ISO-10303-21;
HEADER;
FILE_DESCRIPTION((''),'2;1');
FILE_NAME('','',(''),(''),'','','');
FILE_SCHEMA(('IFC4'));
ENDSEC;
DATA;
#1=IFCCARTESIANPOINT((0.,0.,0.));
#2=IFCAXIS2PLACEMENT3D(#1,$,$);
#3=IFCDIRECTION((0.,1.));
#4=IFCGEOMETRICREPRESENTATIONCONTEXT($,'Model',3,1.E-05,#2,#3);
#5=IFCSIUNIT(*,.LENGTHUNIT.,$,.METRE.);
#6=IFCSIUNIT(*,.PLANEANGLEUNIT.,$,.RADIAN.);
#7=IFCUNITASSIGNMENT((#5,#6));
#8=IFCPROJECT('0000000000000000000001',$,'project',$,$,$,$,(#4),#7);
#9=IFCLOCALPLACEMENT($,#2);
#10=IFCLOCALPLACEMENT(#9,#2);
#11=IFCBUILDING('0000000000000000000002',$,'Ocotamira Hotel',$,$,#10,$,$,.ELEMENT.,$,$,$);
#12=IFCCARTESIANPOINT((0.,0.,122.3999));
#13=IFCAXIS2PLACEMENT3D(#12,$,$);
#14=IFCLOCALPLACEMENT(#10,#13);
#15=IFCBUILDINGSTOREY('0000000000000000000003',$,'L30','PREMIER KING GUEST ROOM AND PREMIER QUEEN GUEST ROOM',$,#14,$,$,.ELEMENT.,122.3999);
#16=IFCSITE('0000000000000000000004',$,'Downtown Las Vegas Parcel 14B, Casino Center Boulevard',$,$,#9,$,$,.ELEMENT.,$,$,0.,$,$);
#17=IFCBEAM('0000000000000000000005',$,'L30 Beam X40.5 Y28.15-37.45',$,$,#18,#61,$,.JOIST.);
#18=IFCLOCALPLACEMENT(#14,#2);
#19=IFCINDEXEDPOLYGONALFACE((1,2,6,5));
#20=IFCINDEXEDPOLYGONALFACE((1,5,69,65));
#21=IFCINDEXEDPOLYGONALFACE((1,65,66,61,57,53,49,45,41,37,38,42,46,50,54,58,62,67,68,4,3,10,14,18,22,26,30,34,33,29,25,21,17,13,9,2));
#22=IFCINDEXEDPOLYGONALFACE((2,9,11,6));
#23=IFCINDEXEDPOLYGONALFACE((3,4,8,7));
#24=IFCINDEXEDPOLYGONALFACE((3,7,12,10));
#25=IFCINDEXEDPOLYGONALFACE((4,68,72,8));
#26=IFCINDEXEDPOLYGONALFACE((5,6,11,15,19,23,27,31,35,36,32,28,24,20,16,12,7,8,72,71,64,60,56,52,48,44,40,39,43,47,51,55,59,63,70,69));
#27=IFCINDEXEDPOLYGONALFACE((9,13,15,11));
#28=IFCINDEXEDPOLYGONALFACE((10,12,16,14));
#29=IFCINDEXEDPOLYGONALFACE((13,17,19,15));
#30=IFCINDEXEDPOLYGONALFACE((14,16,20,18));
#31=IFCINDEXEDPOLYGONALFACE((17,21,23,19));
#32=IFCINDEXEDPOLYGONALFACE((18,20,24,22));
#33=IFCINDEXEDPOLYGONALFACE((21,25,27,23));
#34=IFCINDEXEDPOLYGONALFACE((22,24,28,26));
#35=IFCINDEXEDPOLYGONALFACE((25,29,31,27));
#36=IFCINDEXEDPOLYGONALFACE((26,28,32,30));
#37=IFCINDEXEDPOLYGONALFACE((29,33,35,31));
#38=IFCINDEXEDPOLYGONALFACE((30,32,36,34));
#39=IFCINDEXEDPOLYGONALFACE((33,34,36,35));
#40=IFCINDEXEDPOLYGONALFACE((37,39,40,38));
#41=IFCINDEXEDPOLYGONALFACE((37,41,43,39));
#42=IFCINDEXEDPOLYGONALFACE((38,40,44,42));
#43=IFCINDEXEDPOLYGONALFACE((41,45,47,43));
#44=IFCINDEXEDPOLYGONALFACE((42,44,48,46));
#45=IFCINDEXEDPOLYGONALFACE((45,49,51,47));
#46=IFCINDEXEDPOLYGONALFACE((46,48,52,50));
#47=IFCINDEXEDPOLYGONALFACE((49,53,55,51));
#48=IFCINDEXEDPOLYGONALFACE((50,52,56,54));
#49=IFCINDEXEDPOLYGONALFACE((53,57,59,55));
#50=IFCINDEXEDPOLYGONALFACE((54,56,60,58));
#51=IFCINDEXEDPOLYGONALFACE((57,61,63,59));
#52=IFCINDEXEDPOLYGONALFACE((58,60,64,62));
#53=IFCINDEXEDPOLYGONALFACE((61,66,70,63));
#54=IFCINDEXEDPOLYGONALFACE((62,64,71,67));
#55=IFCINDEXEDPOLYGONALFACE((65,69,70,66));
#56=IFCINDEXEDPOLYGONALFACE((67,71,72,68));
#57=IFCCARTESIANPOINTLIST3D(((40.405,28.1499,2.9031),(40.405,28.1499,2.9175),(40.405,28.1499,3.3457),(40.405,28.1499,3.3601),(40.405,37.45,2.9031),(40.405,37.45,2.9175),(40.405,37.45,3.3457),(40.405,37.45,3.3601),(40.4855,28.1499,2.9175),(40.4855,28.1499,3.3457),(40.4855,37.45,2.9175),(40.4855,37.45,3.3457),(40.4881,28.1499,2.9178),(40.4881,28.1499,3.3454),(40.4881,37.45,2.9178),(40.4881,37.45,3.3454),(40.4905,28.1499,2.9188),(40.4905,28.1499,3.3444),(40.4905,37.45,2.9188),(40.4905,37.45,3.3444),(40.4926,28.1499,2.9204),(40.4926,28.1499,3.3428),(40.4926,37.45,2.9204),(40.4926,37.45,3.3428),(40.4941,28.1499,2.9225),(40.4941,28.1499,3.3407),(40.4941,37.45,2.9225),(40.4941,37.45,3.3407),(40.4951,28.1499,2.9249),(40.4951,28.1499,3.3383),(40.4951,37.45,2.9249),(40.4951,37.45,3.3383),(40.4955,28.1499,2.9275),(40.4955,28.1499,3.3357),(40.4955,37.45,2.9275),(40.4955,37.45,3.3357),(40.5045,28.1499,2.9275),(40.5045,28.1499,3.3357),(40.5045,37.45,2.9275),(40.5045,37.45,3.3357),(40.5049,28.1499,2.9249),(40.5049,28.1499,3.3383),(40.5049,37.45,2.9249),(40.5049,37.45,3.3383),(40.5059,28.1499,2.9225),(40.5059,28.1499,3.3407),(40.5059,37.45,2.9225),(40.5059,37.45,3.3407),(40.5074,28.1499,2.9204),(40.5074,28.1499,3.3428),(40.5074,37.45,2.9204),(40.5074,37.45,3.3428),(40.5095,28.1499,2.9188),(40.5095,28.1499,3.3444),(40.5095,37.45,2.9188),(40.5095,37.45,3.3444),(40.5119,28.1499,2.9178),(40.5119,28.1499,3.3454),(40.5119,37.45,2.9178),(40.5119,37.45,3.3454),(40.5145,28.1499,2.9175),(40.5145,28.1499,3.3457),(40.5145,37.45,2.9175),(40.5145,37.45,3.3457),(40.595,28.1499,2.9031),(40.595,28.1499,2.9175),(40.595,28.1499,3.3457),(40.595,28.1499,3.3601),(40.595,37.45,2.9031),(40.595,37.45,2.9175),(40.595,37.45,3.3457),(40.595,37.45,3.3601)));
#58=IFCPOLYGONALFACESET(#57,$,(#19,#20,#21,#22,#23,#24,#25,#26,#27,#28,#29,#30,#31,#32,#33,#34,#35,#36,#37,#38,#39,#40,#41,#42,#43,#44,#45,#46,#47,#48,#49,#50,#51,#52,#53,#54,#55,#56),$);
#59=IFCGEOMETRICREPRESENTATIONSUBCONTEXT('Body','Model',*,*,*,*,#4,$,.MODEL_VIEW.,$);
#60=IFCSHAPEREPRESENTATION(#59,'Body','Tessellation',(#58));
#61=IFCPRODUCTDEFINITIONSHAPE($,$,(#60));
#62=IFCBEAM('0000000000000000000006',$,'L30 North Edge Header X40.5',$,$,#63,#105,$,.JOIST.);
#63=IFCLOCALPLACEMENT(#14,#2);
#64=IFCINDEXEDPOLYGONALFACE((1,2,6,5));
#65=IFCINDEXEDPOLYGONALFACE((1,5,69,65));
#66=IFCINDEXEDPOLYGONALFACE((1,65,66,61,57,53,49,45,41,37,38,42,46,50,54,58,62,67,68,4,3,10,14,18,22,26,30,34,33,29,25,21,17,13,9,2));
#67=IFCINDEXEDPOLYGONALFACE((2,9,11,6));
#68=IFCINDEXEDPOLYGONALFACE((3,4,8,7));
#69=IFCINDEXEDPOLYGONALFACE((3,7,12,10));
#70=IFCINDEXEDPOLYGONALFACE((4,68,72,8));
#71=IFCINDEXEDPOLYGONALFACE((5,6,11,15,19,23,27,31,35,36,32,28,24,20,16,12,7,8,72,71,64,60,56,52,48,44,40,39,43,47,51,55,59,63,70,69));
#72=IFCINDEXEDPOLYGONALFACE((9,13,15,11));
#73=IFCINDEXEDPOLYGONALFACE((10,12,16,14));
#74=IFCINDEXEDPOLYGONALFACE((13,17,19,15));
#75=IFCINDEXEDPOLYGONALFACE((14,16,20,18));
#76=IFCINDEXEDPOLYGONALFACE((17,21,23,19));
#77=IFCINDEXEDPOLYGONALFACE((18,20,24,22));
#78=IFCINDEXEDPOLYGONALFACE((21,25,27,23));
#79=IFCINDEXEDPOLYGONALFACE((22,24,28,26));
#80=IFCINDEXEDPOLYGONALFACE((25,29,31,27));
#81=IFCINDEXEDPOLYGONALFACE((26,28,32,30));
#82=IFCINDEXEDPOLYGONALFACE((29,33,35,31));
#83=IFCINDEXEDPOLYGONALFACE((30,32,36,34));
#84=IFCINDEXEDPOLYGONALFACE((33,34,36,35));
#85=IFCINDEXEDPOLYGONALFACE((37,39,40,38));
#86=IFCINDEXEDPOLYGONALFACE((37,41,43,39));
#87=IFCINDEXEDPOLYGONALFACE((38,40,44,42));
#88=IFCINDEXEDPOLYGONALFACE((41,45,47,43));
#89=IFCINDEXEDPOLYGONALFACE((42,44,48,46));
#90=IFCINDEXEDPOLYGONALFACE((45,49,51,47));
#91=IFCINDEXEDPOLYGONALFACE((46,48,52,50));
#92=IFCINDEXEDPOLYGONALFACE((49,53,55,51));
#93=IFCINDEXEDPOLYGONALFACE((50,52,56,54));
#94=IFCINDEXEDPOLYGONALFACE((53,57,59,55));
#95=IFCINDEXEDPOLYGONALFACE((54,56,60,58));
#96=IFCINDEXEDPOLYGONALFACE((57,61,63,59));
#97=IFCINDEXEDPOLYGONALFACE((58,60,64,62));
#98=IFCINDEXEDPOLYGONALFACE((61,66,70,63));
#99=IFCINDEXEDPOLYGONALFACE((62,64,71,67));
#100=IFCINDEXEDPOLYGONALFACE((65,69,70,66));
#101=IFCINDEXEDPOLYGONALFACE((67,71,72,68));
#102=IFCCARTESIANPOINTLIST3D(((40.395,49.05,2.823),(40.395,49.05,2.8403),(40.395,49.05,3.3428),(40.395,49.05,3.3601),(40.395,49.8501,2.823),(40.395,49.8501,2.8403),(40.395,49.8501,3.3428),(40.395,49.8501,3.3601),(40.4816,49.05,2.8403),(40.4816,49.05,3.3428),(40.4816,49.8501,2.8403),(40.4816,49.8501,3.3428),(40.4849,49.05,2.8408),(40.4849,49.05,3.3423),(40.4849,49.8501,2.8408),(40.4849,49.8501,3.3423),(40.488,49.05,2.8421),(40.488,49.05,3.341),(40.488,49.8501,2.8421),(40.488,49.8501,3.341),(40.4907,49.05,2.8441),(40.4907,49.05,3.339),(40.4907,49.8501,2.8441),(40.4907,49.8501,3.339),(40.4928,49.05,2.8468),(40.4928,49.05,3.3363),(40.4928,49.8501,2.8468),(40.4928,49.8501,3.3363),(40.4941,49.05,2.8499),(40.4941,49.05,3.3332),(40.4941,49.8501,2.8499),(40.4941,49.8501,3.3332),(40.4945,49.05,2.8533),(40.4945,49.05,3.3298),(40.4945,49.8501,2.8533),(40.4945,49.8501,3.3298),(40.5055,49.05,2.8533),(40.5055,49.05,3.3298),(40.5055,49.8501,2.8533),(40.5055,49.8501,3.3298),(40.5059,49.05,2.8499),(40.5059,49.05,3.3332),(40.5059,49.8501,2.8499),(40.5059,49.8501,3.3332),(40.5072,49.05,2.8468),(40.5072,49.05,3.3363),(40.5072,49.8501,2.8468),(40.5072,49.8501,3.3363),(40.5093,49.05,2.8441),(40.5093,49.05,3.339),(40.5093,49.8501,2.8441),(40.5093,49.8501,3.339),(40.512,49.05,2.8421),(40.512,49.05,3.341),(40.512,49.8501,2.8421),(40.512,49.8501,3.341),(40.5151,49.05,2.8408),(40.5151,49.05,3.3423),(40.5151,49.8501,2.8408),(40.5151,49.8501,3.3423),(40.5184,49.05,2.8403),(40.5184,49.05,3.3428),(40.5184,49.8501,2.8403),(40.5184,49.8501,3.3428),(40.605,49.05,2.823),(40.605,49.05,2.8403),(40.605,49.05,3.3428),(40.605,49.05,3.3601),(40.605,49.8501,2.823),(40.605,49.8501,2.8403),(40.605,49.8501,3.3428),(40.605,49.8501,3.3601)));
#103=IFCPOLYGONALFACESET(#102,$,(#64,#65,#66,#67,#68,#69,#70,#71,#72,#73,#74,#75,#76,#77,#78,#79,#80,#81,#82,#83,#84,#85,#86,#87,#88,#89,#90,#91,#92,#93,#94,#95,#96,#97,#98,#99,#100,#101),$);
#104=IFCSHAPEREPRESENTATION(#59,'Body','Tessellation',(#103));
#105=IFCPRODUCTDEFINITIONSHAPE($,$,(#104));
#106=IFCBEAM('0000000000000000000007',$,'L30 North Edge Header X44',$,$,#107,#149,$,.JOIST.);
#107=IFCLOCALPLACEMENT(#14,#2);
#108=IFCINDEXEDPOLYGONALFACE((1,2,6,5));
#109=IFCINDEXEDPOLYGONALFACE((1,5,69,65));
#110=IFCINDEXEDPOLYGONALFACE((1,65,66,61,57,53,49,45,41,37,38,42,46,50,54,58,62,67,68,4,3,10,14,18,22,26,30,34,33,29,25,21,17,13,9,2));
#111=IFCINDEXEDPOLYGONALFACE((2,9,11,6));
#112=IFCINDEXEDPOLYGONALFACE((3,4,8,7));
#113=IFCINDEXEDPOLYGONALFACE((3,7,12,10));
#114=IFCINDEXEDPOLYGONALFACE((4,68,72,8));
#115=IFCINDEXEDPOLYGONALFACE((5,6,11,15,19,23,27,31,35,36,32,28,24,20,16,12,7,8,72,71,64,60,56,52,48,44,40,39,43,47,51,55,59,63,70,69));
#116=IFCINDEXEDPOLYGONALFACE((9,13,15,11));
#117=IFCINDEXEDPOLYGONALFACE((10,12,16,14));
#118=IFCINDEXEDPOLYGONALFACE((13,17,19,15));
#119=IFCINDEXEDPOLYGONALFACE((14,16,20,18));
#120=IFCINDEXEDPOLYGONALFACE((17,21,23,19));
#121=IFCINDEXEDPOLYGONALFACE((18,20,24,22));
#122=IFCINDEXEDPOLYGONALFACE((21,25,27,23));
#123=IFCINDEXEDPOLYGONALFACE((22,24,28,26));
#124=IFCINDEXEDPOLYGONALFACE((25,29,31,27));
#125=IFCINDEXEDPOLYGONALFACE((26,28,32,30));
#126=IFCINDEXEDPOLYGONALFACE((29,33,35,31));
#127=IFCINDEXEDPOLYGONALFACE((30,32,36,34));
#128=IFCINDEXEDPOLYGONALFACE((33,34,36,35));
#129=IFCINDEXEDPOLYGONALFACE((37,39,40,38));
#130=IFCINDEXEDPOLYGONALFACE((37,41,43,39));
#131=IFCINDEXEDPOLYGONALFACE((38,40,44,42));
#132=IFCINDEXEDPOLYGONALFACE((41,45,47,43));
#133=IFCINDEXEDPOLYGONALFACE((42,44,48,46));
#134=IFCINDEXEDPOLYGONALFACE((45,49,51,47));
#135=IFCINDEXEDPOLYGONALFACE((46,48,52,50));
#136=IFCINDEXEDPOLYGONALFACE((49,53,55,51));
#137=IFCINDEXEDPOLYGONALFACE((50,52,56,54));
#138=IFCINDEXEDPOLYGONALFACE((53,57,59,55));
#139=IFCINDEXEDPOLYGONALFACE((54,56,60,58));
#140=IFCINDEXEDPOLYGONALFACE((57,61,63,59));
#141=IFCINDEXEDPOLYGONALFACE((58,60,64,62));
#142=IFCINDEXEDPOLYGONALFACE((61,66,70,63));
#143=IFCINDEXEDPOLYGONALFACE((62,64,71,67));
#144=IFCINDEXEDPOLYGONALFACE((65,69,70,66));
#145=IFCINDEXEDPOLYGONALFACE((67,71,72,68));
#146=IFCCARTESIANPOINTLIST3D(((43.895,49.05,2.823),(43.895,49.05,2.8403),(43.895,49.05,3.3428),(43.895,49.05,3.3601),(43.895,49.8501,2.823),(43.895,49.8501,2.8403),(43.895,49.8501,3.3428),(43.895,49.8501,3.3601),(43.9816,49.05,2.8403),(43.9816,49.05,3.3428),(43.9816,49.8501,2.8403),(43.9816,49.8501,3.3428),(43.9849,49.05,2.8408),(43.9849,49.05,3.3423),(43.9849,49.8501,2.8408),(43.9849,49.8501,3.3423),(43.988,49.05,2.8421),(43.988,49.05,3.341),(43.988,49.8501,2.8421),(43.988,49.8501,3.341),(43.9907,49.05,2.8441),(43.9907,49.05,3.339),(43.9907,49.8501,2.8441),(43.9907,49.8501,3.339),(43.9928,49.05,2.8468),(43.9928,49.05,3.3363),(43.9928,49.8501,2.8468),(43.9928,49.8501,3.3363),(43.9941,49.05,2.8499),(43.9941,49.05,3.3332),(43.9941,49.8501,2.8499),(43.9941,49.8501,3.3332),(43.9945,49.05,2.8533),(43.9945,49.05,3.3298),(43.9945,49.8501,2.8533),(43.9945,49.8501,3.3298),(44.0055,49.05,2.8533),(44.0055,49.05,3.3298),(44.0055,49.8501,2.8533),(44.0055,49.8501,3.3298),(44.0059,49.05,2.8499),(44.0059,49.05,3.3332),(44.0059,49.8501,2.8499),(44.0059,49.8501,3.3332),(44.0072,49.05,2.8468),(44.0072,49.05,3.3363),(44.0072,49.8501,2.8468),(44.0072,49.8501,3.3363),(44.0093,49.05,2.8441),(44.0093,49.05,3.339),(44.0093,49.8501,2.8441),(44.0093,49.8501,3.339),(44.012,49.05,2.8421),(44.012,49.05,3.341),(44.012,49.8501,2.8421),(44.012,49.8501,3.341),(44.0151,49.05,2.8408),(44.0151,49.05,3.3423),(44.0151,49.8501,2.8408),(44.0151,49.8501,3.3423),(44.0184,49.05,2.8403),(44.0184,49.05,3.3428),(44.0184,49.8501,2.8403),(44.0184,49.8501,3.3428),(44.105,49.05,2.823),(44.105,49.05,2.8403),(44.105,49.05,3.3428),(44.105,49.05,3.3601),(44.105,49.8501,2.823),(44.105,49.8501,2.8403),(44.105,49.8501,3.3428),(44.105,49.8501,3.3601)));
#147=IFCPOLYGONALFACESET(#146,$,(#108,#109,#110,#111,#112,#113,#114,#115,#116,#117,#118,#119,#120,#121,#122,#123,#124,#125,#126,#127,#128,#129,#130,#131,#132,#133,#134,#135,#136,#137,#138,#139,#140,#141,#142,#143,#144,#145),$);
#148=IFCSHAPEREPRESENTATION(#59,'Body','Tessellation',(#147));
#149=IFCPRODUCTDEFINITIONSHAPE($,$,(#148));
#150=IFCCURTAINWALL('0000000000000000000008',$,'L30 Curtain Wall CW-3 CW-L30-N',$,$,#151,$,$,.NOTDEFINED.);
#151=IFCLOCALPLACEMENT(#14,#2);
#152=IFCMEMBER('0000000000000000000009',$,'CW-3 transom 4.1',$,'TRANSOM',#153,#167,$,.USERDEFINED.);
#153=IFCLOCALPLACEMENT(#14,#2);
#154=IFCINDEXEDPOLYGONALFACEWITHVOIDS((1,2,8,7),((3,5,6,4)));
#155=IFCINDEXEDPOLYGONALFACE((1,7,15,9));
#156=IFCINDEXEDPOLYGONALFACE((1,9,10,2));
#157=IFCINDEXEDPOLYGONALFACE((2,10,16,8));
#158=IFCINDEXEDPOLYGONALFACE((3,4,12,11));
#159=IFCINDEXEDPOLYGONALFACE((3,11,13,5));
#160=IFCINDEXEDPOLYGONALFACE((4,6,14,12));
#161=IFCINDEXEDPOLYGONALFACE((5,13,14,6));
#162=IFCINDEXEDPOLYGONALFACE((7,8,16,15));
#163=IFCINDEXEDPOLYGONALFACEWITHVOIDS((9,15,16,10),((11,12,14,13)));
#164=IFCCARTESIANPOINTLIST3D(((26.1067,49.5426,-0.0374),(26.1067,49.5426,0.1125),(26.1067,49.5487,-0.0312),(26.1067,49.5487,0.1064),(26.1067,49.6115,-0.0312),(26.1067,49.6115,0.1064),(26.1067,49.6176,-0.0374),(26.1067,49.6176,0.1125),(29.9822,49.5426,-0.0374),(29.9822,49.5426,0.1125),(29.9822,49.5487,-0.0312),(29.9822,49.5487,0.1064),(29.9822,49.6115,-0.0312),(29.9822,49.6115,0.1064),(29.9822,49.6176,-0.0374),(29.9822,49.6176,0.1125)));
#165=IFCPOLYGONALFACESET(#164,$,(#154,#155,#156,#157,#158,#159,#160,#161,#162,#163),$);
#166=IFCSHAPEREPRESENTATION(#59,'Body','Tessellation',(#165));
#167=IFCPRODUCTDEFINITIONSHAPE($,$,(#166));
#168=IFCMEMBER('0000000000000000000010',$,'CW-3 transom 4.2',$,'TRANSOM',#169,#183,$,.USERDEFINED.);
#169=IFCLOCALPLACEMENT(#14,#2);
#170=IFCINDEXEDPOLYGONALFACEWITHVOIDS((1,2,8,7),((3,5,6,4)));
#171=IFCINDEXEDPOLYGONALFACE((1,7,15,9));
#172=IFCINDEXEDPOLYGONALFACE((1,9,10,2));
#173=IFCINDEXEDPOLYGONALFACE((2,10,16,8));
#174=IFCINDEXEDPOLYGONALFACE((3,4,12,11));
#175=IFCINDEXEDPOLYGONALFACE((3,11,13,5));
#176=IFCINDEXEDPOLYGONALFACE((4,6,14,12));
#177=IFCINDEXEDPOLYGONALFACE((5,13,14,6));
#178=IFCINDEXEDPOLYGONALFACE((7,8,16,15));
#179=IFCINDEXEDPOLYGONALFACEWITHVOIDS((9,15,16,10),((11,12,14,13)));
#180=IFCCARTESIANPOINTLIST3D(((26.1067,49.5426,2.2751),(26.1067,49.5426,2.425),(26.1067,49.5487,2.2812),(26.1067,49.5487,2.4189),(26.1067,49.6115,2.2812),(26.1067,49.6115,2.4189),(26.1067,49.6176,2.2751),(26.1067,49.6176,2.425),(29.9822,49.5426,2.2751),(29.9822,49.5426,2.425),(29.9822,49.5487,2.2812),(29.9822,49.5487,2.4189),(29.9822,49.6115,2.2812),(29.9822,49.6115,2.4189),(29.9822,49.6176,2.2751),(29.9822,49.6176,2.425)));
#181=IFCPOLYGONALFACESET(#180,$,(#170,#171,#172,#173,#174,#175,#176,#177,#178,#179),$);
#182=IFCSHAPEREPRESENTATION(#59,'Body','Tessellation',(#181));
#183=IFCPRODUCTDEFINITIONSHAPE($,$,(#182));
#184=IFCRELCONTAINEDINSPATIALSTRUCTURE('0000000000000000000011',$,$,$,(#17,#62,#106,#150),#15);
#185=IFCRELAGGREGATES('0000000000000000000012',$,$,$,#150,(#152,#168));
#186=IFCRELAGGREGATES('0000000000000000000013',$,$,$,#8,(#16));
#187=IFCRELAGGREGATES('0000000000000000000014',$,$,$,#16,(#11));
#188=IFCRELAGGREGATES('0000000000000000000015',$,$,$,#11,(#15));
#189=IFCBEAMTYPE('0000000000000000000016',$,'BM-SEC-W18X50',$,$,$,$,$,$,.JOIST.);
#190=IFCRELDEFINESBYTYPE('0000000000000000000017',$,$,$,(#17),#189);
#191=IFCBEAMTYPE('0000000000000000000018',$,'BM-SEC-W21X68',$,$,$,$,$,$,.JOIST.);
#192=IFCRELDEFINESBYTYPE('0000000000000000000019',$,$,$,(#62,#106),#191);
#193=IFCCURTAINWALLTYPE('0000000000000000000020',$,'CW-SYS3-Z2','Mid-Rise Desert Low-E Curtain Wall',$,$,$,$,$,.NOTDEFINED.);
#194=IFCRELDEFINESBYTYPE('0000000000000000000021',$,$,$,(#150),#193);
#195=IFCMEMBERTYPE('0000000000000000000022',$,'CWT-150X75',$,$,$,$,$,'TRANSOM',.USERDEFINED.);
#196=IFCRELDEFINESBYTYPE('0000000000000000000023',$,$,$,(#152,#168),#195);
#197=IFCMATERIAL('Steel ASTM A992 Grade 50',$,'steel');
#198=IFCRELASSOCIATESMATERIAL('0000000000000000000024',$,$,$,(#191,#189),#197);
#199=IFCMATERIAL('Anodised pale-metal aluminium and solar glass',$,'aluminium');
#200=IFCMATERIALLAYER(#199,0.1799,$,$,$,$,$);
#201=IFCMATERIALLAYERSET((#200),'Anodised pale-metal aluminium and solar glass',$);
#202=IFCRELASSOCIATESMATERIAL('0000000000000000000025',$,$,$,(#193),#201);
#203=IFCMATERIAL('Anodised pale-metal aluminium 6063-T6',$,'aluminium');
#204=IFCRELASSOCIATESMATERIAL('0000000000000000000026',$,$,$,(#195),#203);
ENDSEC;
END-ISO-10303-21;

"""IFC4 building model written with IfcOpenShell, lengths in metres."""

from ifc_helpers import new_model, si_unit, direction, frame, origin, origin_2d, place, context, subcontext, project, spatial, hollow_rectangle, i_section, extrude, source, transform, mapped, material, layer, layer_set, material_profile, profile_set, type_object, element, aggregate, save


model = new_model("IFC4")

# Units and contexts
model_context = context("Model", 3, precision=1e-05, world=origin(), true_north=direction((0.0, 1.0)))
body_context = subcontext(model_context, "Body", "Model", "MODEL_VIEW")
ifc_project = project(units=[si_unit("LENGTHUNIT", "METRE"), si_unit("PLANEANGLEUNIT", "RADIAN")], contexts=[model_context])

# Site, building, storey
site_placement = place(None, origin())
site = spatial("IfcSite", under=ifc_project, at=site_placement, Name="Downtown Las Vegas Parcel 14B, Casino Center Boulevard", CompositionType="ELEMENT", RefElevation=0.0)
building_placement = place(site_placement, origin())
building = spatial("IfcBuilding", under=site, at=building_placement, Name="Ocotamira Hotel", CompositionType="ELEMENT")
storey_placement = place(building_placement, frame((0.0, 0.0, 122.3999)))
storey = spatial("IfcBuildingStorey", under=building, at=storey_placement, Name="L30", Description="PREMIER KING GUEST ROOM AND PREMIER QUEEN GUEST ROOM", CompositionType="ELEMENT", Elevation=122.3999)

# Beams
ifc_material_1 = material(Name="Steel ASTM A992 Grade 50", Category="steel")
ifc_material_profile_1 = material_profile(ifc_material_1, i_section(OverallWidth=0.21, OverallDepth=0.5371, WebThickness=0.011, FlangeThickness=0.0173, FilletRadius=0.0129, at=origin_2d()), Name="W21X68")
ifc_profile_set_1 = profile_set([ifc_material_profile_1], Name="Steel ASTM A992 Grade 50")
beam_type_1 = type_object("IfcBeamType", Name="BM-SEC-W21X68", PredefinedType="JOIST", material=ifc_profile_set_1)
ifc_material_profile_2 = material_profile(ifc_material_1, i_section(OverallWidth=0.1899, OverallDepth=0.457, WebThickness=0.009, FlangeThickness=0.0144, FilletRadius=0.01, at=origin_2d()), Name="W18X50")
ifc_profile_set_2 = profile_set([ifc_material_profile_2], Name="Steel ASTM A992 Grade 50")
beam_type_2 = type_object("IfcBeamType", Name="BM-SEC-W18X50", PredefinedType="JOIST", material=ifc_profile_set_2)
shared_shape_1 = source(origin(), body_context, "Body", "SweptSolid", [
    extrude(i_section(OverallWidth=0.1899, OverallDepth=0.457, WebThickness=0.009, FlangeThickness=0.0144, FilletRadius=0.01, at=origin_2d()), origin(), (0.0, 0.0, 1.0), 9.3),
])
beam_1_placement = place(storey_placement, frame((40.5, 28.1499, 3.1316), z_axis=(0.0, 1.0, 0.0), x_axis=(-1.0, 0.0, 0.0)))
element("IfcBeam", 1, at=beam_1_placement, inside=storey, type_object=beam_type_2, Name="L30 Beam X40.5 Y28.15-37.45", PredefinedType="JOIST", context=body_context, shape_type="MappedRepresentation", body=[
    mapped(shared_shape_1, transform((0.0, 0.0, 0.0), scale=1.0)),
])
shared_shape_2 = source(origin(), body_context, "Body", "SweptSolid", [
    extrude(i_section(OverallWidth=0.21, OverallDepth=0.5371, WebThickness=0.011, FlangeThickness=0.0173, FilletRadius=0.0129, at=origin_2d()), origin(), (0.0, 0.0, 1.0), 0.8),
])
for number, where, z_axis, x_axis, name in (
    (2, (40.5, 49.05, 3.0916), (0.0, 1.0, 0.0), (-1.0, 0.0, 0.0), "L30 North Edge Header X40.5"),
    (3, (44.0, 49.05, 3.0916), (0.0, 1.0, 0.0), (-1.0, 0.0, 0.0), "L30 North Edge Header X44"),
):
    element("IfcBeam", number, at=place(storey_placement, frame(where, z_axis=z_axis, x_axis=x_axis)), inside=storey, type_object=beam_type_1, Name=name, PredefinedType="JOIST", context=body_context, shape_type="MappedRepresentation", body=[
        mapped(shared_shape_2, transform((0.0, 0.0, 0.0), scale=1.0)),
    ])

# Curtain wall, members
ifc_material_2 = material(Name="Anodised pale-metal aluminium and solar glass", Category="aluminium")
ifc_layer_1 = layer(ifc_material_2, 0.1799)
ifc_layer_set_1 = layer_set([ifc_layer_1], Name="Anodised pale-metal aluminium and solar glass")
curtain_wall_type = type_object("IfcCurtainWallType", Name="CW-SYS3-Z2", Description="Mid-Rise Desert Low-E Curtain Wall", PredefinedType="NOTDEFINED", material=ifc_layer_set_1)
curtain_wall_placement = place(storey_placement, origin())
curtain_wall = element("IfcCurtainWall", 4, at=curtain_wall_placement, inside=storey, type_object=curtain_wall_type, Name="L30 Curtain Wall CW-3 CW-L30-N", PredefinedType="NOTDEFINED")
ifc_material_3 = material(Name="Anodised pale-metal aluminium 6063-T6", Category="aluminium")
ifc_material_profile_3 = material_profile(ifc_material_3, hollow_rectangle(XDim=0.075, YDim=0.1499, WallThickness=0.0061, at=origin_2d()), Name="HSS150X75X6")
ifc_profile_set_3 = profile_set([ifc_material_profile_3], Name="Anodised pale-metal aluminium 6063-T6")
member_type_1 = type_object("IfcMemberType", Name="CWT-150X75", ElementType="TRANSOM", PredefinedType="USERDEFINED", material=ifc_profile_set_3)
shared_shape_3 = source(origin(), body_context, "Body", "SweptSolid", [
    extrude(hollow_rectangle(XDim=0.075, YDim=0.1499, WallThickness=0.0061, at=origin_2d()), origin(), (0.0, 0.0, 1.0), 3.8755),
])
member_1_placement = place(storey_placement, frame((26.1067, 49.5801, 0.0376), z_axis=(1.0, 0.0, 0.0), x_axis=(0.0, 1.0, 0.0)))
member_1 = element("IfcMember", 5, at=member_1_placement, type_object=member_type_1, Name="CW-3 transom 4.1", ObjectType="TRANSOM", PredefinedType="USERDEFINED", context=body_context, shape_type="MappedRepresentation", body=[
    mapped(shared_shape_3, transform((0.0, 0.0, 0.0), scale=1.0)),
])
member_2_placement = place(storey_placement, frame((26.1067, 49.5801, 2.3501), z_axis=(1.0, 0.0, 0.0), x_axis=(0.0, 1.0, 0.0)))
member_2 = element("IfcMember", 6, at=member_2_placement, type_object=member_type_1, Name="CW-3 transom 4.2", ObjectType="TRANSOM", PredefinedType="USERDEFINED", context=body_context, shape_type="MappedRepresentation", body=[
    mapped(shared_shape_3, transform((0.0, 0.0, 0.0), scale=1.0)),
])
aggregate(curtain_wall, [member_1, member_2])

save(model, "model.ifc")
